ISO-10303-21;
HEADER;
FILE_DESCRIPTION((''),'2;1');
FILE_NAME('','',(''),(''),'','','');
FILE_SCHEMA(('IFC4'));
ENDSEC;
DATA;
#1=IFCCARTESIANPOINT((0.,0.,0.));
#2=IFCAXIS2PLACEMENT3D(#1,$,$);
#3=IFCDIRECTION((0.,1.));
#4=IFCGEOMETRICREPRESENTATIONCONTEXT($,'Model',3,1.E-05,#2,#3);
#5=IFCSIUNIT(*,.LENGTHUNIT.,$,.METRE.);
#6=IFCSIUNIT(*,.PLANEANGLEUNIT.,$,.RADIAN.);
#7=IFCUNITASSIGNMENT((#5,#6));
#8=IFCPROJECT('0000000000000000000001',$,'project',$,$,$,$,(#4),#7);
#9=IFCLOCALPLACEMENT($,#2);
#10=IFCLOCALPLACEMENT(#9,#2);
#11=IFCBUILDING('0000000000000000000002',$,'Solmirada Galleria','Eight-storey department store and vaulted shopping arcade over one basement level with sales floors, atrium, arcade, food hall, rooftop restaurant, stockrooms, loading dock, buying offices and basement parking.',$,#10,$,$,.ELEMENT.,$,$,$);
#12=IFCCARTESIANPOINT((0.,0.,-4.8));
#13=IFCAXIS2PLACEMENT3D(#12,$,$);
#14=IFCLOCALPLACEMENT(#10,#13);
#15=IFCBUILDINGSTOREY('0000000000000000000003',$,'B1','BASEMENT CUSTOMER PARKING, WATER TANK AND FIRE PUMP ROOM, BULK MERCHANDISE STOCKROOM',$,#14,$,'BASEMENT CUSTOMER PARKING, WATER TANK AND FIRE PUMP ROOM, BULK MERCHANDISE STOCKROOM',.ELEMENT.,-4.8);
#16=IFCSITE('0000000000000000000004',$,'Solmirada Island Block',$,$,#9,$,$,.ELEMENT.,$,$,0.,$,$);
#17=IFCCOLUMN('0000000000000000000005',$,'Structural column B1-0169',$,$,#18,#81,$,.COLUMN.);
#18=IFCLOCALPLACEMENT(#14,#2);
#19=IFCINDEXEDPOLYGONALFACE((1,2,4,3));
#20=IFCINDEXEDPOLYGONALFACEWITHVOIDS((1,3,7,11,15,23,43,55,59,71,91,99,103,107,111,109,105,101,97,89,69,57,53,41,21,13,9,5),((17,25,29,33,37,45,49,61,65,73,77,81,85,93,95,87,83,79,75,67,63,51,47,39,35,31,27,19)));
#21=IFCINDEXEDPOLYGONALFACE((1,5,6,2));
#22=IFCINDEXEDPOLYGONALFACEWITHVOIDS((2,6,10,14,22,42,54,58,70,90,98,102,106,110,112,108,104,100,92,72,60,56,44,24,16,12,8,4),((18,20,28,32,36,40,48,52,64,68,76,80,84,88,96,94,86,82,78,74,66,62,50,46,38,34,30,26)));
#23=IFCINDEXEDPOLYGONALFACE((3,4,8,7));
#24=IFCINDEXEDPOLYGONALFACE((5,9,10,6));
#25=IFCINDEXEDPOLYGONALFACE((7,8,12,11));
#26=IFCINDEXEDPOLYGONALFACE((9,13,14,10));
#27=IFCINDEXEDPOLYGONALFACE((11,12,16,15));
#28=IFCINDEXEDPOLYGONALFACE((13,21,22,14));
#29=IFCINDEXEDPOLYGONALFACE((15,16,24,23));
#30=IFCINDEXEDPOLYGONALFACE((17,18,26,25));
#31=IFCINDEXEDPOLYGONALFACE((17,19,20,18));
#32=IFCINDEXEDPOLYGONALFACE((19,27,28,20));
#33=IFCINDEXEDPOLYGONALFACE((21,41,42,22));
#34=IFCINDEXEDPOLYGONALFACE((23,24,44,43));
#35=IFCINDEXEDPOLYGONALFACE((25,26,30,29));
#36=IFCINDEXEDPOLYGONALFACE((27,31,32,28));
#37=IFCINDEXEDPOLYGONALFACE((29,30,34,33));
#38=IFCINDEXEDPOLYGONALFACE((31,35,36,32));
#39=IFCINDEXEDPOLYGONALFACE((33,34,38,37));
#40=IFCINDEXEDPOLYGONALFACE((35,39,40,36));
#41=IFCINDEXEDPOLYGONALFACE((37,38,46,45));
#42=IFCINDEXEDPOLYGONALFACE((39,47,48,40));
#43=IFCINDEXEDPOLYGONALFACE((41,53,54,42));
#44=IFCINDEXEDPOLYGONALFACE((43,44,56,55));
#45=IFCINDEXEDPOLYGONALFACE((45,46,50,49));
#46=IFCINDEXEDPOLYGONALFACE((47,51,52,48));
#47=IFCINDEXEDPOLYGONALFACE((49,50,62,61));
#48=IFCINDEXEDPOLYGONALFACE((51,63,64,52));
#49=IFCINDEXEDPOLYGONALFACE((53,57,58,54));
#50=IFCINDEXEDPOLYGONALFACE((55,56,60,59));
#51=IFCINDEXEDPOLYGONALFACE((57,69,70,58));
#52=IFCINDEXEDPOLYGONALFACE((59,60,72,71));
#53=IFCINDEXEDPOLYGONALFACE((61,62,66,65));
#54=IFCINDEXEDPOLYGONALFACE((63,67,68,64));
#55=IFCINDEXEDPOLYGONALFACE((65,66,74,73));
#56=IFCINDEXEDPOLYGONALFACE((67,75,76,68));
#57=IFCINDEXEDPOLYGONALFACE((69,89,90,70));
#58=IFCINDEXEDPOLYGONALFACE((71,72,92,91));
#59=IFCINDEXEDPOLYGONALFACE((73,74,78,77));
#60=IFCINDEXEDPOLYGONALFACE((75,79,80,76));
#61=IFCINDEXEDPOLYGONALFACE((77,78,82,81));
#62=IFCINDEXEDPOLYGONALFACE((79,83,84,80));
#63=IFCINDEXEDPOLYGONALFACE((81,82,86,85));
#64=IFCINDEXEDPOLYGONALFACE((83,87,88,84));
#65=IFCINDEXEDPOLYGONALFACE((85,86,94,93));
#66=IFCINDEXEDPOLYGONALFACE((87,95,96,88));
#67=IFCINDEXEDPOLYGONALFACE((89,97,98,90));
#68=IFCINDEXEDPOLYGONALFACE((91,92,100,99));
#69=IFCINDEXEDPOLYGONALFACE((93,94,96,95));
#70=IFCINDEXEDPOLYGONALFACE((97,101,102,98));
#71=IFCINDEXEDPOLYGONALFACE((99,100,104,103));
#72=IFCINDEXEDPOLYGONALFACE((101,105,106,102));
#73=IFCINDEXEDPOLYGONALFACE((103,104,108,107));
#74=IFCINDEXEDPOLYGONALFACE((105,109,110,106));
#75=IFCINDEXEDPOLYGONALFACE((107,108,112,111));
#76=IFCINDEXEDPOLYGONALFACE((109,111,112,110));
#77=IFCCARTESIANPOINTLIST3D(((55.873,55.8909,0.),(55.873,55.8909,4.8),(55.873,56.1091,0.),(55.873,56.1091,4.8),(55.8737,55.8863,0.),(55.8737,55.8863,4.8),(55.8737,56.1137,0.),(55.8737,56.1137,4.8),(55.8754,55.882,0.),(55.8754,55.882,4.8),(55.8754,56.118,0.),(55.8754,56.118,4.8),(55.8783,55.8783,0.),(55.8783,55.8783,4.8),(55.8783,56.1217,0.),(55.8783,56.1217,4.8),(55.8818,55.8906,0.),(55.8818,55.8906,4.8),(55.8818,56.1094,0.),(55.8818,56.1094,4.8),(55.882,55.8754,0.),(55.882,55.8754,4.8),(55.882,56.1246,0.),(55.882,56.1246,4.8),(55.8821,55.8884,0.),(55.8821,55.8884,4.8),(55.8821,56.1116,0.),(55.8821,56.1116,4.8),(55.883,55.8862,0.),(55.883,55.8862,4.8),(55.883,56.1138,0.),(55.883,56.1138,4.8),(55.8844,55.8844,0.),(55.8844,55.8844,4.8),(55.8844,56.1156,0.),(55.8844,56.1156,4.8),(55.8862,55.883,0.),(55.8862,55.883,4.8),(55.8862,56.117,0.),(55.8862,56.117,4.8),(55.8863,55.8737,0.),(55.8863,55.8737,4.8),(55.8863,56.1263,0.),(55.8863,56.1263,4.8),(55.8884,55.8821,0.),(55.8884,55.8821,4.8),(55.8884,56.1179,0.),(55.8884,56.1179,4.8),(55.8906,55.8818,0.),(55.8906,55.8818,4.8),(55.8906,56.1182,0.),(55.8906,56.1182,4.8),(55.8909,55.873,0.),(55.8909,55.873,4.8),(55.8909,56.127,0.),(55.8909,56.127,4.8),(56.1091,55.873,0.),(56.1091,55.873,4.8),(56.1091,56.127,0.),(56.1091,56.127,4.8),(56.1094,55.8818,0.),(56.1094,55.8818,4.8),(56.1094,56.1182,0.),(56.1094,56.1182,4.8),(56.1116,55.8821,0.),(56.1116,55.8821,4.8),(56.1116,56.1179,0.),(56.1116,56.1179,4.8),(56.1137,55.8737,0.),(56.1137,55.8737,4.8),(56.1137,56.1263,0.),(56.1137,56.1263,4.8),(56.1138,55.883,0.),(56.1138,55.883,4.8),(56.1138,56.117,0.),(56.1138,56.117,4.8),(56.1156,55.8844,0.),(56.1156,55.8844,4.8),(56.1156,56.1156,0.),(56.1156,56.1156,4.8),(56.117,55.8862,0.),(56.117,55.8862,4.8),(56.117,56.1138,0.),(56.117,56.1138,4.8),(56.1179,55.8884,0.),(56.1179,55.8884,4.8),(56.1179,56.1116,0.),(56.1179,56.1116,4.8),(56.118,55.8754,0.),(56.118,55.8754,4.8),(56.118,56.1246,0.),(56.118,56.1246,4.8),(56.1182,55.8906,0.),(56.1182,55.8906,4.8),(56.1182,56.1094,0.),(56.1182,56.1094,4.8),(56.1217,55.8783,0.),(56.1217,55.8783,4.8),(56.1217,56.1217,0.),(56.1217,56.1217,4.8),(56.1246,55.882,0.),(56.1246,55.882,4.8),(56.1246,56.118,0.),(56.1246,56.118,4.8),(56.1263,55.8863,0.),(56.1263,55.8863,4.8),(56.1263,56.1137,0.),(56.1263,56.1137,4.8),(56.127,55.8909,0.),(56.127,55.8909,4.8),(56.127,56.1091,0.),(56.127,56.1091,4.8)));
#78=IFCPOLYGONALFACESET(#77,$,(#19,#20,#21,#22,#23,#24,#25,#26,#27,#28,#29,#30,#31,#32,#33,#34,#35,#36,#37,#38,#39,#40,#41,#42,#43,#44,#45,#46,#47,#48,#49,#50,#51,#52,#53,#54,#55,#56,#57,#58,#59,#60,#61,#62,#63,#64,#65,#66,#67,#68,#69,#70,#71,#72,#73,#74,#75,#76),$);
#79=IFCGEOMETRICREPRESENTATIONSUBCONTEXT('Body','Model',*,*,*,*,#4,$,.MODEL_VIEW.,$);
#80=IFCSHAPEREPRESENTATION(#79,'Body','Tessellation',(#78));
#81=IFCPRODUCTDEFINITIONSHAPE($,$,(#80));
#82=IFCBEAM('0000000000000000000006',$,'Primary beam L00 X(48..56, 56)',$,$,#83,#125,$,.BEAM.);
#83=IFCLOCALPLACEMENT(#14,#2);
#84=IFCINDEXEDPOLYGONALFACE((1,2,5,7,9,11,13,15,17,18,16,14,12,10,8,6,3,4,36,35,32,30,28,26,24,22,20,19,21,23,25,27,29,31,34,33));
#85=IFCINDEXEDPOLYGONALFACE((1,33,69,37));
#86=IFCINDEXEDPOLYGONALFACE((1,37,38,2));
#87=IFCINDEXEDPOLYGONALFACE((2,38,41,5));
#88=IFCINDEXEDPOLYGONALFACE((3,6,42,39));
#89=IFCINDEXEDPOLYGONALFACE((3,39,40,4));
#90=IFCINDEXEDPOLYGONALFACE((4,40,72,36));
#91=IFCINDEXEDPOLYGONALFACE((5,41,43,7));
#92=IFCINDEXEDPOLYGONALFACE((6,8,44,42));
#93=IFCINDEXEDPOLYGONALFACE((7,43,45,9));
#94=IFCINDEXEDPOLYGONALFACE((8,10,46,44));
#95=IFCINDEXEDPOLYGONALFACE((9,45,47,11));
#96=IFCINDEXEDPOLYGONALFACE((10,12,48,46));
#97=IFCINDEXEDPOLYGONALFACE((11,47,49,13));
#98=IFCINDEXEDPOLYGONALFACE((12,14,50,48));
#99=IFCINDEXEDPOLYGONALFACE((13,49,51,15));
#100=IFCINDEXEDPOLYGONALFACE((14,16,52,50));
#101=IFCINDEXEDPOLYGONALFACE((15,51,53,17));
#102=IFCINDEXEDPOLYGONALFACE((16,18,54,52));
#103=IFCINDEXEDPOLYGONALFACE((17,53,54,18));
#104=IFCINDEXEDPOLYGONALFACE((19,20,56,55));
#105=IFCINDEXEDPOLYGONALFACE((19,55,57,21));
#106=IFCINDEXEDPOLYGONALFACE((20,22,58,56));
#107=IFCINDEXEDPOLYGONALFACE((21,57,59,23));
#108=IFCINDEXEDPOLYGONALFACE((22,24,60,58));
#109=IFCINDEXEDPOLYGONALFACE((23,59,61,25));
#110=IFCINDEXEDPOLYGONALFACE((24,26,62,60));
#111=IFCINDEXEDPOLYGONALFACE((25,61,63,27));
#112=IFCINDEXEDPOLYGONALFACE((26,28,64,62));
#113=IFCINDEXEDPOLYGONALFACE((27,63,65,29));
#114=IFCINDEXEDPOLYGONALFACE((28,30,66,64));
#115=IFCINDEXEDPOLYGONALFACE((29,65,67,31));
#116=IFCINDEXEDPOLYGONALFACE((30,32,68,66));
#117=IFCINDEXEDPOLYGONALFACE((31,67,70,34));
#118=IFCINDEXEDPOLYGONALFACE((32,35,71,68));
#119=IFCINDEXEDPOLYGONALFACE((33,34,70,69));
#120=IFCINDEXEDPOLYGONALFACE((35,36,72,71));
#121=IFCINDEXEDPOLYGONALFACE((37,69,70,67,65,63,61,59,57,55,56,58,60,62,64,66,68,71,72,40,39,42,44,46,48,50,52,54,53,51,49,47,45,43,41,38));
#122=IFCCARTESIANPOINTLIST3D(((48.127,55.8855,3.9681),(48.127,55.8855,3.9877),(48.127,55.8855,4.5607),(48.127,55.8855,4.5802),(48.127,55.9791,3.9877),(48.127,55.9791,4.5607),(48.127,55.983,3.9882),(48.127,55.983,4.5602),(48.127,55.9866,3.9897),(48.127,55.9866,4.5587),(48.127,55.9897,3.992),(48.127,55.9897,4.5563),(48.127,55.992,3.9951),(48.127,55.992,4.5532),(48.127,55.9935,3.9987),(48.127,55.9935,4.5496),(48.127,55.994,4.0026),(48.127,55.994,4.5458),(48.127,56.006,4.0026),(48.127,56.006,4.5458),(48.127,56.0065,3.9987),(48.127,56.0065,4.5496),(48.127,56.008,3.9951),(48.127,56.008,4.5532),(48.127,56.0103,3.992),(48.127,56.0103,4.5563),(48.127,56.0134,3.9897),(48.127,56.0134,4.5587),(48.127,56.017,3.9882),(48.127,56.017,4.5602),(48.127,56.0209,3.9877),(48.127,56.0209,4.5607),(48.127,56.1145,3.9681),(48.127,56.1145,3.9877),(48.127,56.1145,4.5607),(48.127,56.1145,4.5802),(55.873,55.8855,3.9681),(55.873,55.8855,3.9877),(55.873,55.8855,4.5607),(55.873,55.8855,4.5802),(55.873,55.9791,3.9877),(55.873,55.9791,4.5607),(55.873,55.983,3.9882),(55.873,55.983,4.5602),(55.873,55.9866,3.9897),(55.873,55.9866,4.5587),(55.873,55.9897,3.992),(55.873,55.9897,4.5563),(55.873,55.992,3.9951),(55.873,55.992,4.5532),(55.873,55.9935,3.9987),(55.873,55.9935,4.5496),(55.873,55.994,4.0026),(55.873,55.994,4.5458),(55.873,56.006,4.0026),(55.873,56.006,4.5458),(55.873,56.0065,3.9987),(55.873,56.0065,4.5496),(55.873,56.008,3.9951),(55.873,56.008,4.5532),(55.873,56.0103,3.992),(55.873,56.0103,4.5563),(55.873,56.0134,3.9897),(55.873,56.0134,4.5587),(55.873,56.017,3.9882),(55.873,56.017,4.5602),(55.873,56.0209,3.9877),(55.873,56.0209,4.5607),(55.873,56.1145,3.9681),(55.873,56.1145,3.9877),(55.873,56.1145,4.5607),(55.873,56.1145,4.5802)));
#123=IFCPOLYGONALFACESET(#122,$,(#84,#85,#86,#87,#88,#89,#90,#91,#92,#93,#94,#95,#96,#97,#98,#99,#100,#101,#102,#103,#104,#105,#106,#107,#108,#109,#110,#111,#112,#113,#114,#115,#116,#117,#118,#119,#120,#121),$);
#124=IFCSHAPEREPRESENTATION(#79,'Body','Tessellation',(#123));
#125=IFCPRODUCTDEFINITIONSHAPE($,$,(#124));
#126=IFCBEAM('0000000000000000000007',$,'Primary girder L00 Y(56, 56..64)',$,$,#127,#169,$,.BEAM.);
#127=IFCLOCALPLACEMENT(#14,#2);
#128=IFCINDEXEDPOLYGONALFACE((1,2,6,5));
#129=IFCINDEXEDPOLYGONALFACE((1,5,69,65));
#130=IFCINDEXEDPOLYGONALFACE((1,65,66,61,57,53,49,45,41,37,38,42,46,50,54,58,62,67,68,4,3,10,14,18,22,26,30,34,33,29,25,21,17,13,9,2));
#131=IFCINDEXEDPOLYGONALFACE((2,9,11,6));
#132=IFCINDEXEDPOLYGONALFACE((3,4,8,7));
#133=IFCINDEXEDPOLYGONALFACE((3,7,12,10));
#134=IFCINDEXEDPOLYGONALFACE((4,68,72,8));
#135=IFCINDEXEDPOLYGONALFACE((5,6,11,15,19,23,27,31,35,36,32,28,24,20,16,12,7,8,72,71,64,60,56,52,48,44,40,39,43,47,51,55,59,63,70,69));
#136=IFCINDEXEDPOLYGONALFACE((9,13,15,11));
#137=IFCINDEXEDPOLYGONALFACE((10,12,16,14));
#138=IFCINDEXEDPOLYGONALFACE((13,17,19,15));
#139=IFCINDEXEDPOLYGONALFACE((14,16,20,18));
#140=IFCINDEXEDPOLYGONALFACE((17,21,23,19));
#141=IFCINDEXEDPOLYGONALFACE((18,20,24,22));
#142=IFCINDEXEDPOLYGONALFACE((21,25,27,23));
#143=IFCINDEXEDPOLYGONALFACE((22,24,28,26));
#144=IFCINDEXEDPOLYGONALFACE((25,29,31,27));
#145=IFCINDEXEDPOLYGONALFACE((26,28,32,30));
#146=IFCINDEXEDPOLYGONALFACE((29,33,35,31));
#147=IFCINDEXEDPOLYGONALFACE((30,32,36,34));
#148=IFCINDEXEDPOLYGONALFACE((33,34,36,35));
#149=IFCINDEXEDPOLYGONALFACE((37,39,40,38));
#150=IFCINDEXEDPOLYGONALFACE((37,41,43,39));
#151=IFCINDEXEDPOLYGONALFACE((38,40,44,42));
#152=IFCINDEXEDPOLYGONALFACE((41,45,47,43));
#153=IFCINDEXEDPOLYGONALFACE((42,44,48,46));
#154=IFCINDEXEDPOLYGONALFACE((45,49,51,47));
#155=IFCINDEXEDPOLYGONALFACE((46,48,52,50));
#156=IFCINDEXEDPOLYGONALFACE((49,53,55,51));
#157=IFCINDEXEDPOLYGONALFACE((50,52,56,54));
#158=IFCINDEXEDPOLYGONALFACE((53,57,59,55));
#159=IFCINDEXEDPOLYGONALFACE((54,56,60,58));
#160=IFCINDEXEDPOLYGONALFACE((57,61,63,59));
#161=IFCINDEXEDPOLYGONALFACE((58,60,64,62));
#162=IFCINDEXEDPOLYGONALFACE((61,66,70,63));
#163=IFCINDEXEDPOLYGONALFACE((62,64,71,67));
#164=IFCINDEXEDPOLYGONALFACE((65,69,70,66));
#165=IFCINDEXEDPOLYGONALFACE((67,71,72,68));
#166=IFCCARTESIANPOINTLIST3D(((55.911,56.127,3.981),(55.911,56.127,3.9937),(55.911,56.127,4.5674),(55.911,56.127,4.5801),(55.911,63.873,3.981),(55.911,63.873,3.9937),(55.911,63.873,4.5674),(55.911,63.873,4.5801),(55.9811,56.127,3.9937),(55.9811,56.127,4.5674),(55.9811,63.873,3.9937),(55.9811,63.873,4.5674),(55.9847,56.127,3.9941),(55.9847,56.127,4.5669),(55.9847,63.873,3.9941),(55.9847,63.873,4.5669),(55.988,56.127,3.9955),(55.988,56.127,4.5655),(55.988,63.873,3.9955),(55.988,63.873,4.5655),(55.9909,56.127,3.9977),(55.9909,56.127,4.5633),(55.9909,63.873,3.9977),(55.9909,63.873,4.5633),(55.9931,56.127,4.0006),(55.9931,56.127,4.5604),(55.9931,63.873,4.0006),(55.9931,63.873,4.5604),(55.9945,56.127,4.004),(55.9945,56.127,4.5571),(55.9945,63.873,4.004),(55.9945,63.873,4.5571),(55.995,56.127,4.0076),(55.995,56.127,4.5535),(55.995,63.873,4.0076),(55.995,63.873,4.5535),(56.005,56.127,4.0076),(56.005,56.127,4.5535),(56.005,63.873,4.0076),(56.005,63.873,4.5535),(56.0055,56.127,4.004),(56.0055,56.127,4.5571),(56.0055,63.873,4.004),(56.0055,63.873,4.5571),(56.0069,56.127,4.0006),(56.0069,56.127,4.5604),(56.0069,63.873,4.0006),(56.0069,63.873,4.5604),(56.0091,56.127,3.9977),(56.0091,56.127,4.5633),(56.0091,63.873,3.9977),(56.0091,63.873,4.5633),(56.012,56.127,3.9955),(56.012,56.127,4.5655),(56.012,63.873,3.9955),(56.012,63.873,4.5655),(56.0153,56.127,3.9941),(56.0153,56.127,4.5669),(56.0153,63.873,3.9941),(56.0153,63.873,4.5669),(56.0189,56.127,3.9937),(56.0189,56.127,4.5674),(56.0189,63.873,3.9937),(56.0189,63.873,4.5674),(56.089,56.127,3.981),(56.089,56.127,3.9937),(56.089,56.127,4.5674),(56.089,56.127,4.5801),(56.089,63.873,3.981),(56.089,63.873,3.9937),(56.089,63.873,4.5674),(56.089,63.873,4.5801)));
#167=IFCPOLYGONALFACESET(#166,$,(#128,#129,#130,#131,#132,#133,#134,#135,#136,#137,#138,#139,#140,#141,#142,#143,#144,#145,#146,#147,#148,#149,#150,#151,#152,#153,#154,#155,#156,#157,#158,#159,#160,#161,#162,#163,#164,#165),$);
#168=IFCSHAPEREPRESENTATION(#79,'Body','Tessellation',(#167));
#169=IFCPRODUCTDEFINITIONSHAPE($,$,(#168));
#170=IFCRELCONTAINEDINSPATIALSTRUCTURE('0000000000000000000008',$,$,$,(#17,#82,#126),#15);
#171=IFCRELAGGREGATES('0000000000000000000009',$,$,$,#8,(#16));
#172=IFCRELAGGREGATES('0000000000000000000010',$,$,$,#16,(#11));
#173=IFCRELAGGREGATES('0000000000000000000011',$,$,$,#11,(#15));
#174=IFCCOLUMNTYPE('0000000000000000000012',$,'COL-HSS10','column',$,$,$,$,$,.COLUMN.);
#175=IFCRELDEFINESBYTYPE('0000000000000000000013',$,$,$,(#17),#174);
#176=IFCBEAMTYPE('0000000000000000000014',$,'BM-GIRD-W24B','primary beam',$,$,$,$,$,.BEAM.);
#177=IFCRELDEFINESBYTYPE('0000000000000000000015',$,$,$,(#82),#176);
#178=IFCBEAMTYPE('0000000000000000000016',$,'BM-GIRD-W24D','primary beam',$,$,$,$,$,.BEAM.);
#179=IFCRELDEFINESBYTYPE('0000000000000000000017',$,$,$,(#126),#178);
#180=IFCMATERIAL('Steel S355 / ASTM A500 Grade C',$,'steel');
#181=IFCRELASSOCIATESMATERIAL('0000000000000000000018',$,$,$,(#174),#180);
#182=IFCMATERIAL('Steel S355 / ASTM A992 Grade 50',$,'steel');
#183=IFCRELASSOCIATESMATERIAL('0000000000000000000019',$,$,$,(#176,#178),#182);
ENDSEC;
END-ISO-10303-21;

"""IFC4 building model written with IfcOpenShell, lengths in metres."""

from ifc_helpers import new_model, si_unit, direction, frame, origin, origin_2d, place, context, subcontext, project, spatial, hollow_rectangle, i_section, extrude, material, material_profile, profile_set, type_object, element, save


model = new_model("IFC4")

# Units and contexts
model_context = context("Model", 3, precision=1e-05, world=origin(), true_north=direction((0.0, 1.0)))
body_context = subcontext(model_context, "Body", "Model", "MODEL_VIEW")
ifc_project = project(units=[si_unit("LENGTHUNIT", "METRE"), si_unit("PLANEANGLEUNIT", "RADIAN")], contexts=[model_context])

# Site, building, storey
site_placement = place(None, origin())
site = spatial("IfcSite", under=ifc_project, at=site_placement, Name="Solmirada Island Block", CompositionType="ELEMENT", RefElevation=0.0)
building_placement = place(site_placement, origin())
building = spatial("IfcBuilding", under=site, at=building_placement, Name="Solmirada Galleria", Description="Eight-storey department store and vaulted shopping arcade over one basement level with sales floors, atrium, arcade, food hall, rooftop restaurant, stockrooms, loading dock, buying offices and basement parking.", CompositionType="ELEMENT")
storey_placement = place(building_placement, frame((0.0, 0.0, -4.8)))
storey = spatial("IfcBuildingStorey", under=building, at=storey_placement, Name="B1", Description="BASEMENT CUSTOMER PARKING, WATER TANK AND FIRE PUMP ROOM, BULK MERCHANDISE STOCKROOM", LongName="BASEMENT CUSTOMER PARKING, WATER TANK AND FIRE PUMP ROOM, BULK MERCHANDISE STOCKROOM", CompositionType="ELEMENT", Elevation=-4.8)

# Column
ifc_material_1 = material(Name="Steel S355 / ASTM A500 Grade C", Category="steel")
ifc_material_profile_1 = material_profile(ifc_material_1, hollow_rectangle(XDim=0.2539, YDim=0.2539, WallThickness=0.0088, InnerFilletRadius=0.0088, OuterFilletRadius=0.0178, at=origin_2d()), Name="HSS10X10X3/8")
ifc_profile_set_1 = profile_set([ifc_material_profile_1], Name="Steel S355 / ASTM A500 Grade C")
column_type = type_object("IfcColumnType", Name="COL-HSS10", Description="column", PredefinedType="COLUMN", material=ifc_profile_set_1)
for number, where, z_axis, x_axis, name in (
    (1, (56.0, 56.0, 0.0), (0.0, 0.0, 1.0), (1.0, 0.0, 0.0), "Structural column B1-0169"),
):
    element("IfcColumn", number, at=place(storey_placement, frame(where, z_axis=z_axis, x_axis=x_axis)), inside=storey, type_object=column_type, Name=name, PredefinedType="COLUMN", context=body_context, shape_type="SweptSolid", body=[
        extrude(hollow_rectangle(XDim=0.2539, YDim=0.2539, WallThickness=0.0088, InnerFilletRadius=0.0088, OuterFilletRadius=0.0178, at=origin_2d()), origin(), (0.0, 0.0, 1.0), 4.8),
    ])

# Beams
ifc_material_2 = material(Name="Steel S355 / ASTM A992 Grade 50", Category="steel")
ifc_material_profile_2 = material_profile(ifc_material_2, i_section(OverallWidth=0.229, OverallDepth=0.6121, WebThickness=0.012, FlangeThickness=0.0195, FilletRadius=0.0149, at=origin_2d()), Name="W24X84")
ifc_profile_set_2 = profile_set([ifc_material_profile_2], Name="Steel S355 / ASTM A992 Grade 50")
beam_type_1 = type_object("IfcBeamType", Name="BM-GIRD-W24B", Description="primary beam", PredefinedType="BEAM", material=ifc_profile_set_2)
beam_1_placement = place(storey_placement, frame((48.127, 56.0, 4.2742), z_axis=(1.0, 0.0, 0.0), x_axis=(0.0, 1.0, 0.0)))
element("IfcBeam", 2, at=beam_1_placement, inside=storey, type_object=beam_type_1, Name="Primary beam L00 X(48..56, 56)", PredefinedType="BEAM", context=body_context, shape_type="SweptSolid", body=[
    extrude(i_section(OverallWidth=0.229, OverallDepth=0.6121, WebThickness=0.012, FlangeThickness=0.0195, FilletRadius=0.0149, at=origin_2d()), origin(), (0.0, 0.0, 1.0), 7.7461),
])
ifc_material_profile_3 = material_profile(ifc_material_2, i_section(OverallWidth=0.178, OverallDepth=0.5991, WebThickness=0.01, FlangeThickness=0.0127, FilletRadius=0.0139, at=origin_2d()), Name="W24X55")
ifc_profile_set_3 = profile_set([ifc_material_profile_3], Name="Steel S355 / ASTM A992 Grade 50")
beam_type_2 = type_object("IfcBeamType", Name="BM-GIRD-W24D", Description="primary beam", PredefinedType="BEAM", material=ifc_profile_set_3)
beam_2_placement = place(storey_placement, frame((56.0, 56.127, 4.2805), z_axis=(0.0, 1.0, 0.0), x_axis=(-1.0, 0.0, 0.0)))
element("IfcBeam", 3, at=beam_2_placement, inside=storey, type_object=beam_type_2, Name="Primary girder L00 Y(56, 56..64)", PredefinedType="BEAM", context=body_context, shape_type="SweptSolid", body=[
    extrude(i_section(OverallWidth=0.178, OverallDepth=0.5991, WebThickness=0.01, FlangeThickness=0.0127, FilletRadius=0.0139, at=origin_2d()), origin(), (0.0, 0.0, 1.0), 7.7461),
])

save(model, "model.ifc")
